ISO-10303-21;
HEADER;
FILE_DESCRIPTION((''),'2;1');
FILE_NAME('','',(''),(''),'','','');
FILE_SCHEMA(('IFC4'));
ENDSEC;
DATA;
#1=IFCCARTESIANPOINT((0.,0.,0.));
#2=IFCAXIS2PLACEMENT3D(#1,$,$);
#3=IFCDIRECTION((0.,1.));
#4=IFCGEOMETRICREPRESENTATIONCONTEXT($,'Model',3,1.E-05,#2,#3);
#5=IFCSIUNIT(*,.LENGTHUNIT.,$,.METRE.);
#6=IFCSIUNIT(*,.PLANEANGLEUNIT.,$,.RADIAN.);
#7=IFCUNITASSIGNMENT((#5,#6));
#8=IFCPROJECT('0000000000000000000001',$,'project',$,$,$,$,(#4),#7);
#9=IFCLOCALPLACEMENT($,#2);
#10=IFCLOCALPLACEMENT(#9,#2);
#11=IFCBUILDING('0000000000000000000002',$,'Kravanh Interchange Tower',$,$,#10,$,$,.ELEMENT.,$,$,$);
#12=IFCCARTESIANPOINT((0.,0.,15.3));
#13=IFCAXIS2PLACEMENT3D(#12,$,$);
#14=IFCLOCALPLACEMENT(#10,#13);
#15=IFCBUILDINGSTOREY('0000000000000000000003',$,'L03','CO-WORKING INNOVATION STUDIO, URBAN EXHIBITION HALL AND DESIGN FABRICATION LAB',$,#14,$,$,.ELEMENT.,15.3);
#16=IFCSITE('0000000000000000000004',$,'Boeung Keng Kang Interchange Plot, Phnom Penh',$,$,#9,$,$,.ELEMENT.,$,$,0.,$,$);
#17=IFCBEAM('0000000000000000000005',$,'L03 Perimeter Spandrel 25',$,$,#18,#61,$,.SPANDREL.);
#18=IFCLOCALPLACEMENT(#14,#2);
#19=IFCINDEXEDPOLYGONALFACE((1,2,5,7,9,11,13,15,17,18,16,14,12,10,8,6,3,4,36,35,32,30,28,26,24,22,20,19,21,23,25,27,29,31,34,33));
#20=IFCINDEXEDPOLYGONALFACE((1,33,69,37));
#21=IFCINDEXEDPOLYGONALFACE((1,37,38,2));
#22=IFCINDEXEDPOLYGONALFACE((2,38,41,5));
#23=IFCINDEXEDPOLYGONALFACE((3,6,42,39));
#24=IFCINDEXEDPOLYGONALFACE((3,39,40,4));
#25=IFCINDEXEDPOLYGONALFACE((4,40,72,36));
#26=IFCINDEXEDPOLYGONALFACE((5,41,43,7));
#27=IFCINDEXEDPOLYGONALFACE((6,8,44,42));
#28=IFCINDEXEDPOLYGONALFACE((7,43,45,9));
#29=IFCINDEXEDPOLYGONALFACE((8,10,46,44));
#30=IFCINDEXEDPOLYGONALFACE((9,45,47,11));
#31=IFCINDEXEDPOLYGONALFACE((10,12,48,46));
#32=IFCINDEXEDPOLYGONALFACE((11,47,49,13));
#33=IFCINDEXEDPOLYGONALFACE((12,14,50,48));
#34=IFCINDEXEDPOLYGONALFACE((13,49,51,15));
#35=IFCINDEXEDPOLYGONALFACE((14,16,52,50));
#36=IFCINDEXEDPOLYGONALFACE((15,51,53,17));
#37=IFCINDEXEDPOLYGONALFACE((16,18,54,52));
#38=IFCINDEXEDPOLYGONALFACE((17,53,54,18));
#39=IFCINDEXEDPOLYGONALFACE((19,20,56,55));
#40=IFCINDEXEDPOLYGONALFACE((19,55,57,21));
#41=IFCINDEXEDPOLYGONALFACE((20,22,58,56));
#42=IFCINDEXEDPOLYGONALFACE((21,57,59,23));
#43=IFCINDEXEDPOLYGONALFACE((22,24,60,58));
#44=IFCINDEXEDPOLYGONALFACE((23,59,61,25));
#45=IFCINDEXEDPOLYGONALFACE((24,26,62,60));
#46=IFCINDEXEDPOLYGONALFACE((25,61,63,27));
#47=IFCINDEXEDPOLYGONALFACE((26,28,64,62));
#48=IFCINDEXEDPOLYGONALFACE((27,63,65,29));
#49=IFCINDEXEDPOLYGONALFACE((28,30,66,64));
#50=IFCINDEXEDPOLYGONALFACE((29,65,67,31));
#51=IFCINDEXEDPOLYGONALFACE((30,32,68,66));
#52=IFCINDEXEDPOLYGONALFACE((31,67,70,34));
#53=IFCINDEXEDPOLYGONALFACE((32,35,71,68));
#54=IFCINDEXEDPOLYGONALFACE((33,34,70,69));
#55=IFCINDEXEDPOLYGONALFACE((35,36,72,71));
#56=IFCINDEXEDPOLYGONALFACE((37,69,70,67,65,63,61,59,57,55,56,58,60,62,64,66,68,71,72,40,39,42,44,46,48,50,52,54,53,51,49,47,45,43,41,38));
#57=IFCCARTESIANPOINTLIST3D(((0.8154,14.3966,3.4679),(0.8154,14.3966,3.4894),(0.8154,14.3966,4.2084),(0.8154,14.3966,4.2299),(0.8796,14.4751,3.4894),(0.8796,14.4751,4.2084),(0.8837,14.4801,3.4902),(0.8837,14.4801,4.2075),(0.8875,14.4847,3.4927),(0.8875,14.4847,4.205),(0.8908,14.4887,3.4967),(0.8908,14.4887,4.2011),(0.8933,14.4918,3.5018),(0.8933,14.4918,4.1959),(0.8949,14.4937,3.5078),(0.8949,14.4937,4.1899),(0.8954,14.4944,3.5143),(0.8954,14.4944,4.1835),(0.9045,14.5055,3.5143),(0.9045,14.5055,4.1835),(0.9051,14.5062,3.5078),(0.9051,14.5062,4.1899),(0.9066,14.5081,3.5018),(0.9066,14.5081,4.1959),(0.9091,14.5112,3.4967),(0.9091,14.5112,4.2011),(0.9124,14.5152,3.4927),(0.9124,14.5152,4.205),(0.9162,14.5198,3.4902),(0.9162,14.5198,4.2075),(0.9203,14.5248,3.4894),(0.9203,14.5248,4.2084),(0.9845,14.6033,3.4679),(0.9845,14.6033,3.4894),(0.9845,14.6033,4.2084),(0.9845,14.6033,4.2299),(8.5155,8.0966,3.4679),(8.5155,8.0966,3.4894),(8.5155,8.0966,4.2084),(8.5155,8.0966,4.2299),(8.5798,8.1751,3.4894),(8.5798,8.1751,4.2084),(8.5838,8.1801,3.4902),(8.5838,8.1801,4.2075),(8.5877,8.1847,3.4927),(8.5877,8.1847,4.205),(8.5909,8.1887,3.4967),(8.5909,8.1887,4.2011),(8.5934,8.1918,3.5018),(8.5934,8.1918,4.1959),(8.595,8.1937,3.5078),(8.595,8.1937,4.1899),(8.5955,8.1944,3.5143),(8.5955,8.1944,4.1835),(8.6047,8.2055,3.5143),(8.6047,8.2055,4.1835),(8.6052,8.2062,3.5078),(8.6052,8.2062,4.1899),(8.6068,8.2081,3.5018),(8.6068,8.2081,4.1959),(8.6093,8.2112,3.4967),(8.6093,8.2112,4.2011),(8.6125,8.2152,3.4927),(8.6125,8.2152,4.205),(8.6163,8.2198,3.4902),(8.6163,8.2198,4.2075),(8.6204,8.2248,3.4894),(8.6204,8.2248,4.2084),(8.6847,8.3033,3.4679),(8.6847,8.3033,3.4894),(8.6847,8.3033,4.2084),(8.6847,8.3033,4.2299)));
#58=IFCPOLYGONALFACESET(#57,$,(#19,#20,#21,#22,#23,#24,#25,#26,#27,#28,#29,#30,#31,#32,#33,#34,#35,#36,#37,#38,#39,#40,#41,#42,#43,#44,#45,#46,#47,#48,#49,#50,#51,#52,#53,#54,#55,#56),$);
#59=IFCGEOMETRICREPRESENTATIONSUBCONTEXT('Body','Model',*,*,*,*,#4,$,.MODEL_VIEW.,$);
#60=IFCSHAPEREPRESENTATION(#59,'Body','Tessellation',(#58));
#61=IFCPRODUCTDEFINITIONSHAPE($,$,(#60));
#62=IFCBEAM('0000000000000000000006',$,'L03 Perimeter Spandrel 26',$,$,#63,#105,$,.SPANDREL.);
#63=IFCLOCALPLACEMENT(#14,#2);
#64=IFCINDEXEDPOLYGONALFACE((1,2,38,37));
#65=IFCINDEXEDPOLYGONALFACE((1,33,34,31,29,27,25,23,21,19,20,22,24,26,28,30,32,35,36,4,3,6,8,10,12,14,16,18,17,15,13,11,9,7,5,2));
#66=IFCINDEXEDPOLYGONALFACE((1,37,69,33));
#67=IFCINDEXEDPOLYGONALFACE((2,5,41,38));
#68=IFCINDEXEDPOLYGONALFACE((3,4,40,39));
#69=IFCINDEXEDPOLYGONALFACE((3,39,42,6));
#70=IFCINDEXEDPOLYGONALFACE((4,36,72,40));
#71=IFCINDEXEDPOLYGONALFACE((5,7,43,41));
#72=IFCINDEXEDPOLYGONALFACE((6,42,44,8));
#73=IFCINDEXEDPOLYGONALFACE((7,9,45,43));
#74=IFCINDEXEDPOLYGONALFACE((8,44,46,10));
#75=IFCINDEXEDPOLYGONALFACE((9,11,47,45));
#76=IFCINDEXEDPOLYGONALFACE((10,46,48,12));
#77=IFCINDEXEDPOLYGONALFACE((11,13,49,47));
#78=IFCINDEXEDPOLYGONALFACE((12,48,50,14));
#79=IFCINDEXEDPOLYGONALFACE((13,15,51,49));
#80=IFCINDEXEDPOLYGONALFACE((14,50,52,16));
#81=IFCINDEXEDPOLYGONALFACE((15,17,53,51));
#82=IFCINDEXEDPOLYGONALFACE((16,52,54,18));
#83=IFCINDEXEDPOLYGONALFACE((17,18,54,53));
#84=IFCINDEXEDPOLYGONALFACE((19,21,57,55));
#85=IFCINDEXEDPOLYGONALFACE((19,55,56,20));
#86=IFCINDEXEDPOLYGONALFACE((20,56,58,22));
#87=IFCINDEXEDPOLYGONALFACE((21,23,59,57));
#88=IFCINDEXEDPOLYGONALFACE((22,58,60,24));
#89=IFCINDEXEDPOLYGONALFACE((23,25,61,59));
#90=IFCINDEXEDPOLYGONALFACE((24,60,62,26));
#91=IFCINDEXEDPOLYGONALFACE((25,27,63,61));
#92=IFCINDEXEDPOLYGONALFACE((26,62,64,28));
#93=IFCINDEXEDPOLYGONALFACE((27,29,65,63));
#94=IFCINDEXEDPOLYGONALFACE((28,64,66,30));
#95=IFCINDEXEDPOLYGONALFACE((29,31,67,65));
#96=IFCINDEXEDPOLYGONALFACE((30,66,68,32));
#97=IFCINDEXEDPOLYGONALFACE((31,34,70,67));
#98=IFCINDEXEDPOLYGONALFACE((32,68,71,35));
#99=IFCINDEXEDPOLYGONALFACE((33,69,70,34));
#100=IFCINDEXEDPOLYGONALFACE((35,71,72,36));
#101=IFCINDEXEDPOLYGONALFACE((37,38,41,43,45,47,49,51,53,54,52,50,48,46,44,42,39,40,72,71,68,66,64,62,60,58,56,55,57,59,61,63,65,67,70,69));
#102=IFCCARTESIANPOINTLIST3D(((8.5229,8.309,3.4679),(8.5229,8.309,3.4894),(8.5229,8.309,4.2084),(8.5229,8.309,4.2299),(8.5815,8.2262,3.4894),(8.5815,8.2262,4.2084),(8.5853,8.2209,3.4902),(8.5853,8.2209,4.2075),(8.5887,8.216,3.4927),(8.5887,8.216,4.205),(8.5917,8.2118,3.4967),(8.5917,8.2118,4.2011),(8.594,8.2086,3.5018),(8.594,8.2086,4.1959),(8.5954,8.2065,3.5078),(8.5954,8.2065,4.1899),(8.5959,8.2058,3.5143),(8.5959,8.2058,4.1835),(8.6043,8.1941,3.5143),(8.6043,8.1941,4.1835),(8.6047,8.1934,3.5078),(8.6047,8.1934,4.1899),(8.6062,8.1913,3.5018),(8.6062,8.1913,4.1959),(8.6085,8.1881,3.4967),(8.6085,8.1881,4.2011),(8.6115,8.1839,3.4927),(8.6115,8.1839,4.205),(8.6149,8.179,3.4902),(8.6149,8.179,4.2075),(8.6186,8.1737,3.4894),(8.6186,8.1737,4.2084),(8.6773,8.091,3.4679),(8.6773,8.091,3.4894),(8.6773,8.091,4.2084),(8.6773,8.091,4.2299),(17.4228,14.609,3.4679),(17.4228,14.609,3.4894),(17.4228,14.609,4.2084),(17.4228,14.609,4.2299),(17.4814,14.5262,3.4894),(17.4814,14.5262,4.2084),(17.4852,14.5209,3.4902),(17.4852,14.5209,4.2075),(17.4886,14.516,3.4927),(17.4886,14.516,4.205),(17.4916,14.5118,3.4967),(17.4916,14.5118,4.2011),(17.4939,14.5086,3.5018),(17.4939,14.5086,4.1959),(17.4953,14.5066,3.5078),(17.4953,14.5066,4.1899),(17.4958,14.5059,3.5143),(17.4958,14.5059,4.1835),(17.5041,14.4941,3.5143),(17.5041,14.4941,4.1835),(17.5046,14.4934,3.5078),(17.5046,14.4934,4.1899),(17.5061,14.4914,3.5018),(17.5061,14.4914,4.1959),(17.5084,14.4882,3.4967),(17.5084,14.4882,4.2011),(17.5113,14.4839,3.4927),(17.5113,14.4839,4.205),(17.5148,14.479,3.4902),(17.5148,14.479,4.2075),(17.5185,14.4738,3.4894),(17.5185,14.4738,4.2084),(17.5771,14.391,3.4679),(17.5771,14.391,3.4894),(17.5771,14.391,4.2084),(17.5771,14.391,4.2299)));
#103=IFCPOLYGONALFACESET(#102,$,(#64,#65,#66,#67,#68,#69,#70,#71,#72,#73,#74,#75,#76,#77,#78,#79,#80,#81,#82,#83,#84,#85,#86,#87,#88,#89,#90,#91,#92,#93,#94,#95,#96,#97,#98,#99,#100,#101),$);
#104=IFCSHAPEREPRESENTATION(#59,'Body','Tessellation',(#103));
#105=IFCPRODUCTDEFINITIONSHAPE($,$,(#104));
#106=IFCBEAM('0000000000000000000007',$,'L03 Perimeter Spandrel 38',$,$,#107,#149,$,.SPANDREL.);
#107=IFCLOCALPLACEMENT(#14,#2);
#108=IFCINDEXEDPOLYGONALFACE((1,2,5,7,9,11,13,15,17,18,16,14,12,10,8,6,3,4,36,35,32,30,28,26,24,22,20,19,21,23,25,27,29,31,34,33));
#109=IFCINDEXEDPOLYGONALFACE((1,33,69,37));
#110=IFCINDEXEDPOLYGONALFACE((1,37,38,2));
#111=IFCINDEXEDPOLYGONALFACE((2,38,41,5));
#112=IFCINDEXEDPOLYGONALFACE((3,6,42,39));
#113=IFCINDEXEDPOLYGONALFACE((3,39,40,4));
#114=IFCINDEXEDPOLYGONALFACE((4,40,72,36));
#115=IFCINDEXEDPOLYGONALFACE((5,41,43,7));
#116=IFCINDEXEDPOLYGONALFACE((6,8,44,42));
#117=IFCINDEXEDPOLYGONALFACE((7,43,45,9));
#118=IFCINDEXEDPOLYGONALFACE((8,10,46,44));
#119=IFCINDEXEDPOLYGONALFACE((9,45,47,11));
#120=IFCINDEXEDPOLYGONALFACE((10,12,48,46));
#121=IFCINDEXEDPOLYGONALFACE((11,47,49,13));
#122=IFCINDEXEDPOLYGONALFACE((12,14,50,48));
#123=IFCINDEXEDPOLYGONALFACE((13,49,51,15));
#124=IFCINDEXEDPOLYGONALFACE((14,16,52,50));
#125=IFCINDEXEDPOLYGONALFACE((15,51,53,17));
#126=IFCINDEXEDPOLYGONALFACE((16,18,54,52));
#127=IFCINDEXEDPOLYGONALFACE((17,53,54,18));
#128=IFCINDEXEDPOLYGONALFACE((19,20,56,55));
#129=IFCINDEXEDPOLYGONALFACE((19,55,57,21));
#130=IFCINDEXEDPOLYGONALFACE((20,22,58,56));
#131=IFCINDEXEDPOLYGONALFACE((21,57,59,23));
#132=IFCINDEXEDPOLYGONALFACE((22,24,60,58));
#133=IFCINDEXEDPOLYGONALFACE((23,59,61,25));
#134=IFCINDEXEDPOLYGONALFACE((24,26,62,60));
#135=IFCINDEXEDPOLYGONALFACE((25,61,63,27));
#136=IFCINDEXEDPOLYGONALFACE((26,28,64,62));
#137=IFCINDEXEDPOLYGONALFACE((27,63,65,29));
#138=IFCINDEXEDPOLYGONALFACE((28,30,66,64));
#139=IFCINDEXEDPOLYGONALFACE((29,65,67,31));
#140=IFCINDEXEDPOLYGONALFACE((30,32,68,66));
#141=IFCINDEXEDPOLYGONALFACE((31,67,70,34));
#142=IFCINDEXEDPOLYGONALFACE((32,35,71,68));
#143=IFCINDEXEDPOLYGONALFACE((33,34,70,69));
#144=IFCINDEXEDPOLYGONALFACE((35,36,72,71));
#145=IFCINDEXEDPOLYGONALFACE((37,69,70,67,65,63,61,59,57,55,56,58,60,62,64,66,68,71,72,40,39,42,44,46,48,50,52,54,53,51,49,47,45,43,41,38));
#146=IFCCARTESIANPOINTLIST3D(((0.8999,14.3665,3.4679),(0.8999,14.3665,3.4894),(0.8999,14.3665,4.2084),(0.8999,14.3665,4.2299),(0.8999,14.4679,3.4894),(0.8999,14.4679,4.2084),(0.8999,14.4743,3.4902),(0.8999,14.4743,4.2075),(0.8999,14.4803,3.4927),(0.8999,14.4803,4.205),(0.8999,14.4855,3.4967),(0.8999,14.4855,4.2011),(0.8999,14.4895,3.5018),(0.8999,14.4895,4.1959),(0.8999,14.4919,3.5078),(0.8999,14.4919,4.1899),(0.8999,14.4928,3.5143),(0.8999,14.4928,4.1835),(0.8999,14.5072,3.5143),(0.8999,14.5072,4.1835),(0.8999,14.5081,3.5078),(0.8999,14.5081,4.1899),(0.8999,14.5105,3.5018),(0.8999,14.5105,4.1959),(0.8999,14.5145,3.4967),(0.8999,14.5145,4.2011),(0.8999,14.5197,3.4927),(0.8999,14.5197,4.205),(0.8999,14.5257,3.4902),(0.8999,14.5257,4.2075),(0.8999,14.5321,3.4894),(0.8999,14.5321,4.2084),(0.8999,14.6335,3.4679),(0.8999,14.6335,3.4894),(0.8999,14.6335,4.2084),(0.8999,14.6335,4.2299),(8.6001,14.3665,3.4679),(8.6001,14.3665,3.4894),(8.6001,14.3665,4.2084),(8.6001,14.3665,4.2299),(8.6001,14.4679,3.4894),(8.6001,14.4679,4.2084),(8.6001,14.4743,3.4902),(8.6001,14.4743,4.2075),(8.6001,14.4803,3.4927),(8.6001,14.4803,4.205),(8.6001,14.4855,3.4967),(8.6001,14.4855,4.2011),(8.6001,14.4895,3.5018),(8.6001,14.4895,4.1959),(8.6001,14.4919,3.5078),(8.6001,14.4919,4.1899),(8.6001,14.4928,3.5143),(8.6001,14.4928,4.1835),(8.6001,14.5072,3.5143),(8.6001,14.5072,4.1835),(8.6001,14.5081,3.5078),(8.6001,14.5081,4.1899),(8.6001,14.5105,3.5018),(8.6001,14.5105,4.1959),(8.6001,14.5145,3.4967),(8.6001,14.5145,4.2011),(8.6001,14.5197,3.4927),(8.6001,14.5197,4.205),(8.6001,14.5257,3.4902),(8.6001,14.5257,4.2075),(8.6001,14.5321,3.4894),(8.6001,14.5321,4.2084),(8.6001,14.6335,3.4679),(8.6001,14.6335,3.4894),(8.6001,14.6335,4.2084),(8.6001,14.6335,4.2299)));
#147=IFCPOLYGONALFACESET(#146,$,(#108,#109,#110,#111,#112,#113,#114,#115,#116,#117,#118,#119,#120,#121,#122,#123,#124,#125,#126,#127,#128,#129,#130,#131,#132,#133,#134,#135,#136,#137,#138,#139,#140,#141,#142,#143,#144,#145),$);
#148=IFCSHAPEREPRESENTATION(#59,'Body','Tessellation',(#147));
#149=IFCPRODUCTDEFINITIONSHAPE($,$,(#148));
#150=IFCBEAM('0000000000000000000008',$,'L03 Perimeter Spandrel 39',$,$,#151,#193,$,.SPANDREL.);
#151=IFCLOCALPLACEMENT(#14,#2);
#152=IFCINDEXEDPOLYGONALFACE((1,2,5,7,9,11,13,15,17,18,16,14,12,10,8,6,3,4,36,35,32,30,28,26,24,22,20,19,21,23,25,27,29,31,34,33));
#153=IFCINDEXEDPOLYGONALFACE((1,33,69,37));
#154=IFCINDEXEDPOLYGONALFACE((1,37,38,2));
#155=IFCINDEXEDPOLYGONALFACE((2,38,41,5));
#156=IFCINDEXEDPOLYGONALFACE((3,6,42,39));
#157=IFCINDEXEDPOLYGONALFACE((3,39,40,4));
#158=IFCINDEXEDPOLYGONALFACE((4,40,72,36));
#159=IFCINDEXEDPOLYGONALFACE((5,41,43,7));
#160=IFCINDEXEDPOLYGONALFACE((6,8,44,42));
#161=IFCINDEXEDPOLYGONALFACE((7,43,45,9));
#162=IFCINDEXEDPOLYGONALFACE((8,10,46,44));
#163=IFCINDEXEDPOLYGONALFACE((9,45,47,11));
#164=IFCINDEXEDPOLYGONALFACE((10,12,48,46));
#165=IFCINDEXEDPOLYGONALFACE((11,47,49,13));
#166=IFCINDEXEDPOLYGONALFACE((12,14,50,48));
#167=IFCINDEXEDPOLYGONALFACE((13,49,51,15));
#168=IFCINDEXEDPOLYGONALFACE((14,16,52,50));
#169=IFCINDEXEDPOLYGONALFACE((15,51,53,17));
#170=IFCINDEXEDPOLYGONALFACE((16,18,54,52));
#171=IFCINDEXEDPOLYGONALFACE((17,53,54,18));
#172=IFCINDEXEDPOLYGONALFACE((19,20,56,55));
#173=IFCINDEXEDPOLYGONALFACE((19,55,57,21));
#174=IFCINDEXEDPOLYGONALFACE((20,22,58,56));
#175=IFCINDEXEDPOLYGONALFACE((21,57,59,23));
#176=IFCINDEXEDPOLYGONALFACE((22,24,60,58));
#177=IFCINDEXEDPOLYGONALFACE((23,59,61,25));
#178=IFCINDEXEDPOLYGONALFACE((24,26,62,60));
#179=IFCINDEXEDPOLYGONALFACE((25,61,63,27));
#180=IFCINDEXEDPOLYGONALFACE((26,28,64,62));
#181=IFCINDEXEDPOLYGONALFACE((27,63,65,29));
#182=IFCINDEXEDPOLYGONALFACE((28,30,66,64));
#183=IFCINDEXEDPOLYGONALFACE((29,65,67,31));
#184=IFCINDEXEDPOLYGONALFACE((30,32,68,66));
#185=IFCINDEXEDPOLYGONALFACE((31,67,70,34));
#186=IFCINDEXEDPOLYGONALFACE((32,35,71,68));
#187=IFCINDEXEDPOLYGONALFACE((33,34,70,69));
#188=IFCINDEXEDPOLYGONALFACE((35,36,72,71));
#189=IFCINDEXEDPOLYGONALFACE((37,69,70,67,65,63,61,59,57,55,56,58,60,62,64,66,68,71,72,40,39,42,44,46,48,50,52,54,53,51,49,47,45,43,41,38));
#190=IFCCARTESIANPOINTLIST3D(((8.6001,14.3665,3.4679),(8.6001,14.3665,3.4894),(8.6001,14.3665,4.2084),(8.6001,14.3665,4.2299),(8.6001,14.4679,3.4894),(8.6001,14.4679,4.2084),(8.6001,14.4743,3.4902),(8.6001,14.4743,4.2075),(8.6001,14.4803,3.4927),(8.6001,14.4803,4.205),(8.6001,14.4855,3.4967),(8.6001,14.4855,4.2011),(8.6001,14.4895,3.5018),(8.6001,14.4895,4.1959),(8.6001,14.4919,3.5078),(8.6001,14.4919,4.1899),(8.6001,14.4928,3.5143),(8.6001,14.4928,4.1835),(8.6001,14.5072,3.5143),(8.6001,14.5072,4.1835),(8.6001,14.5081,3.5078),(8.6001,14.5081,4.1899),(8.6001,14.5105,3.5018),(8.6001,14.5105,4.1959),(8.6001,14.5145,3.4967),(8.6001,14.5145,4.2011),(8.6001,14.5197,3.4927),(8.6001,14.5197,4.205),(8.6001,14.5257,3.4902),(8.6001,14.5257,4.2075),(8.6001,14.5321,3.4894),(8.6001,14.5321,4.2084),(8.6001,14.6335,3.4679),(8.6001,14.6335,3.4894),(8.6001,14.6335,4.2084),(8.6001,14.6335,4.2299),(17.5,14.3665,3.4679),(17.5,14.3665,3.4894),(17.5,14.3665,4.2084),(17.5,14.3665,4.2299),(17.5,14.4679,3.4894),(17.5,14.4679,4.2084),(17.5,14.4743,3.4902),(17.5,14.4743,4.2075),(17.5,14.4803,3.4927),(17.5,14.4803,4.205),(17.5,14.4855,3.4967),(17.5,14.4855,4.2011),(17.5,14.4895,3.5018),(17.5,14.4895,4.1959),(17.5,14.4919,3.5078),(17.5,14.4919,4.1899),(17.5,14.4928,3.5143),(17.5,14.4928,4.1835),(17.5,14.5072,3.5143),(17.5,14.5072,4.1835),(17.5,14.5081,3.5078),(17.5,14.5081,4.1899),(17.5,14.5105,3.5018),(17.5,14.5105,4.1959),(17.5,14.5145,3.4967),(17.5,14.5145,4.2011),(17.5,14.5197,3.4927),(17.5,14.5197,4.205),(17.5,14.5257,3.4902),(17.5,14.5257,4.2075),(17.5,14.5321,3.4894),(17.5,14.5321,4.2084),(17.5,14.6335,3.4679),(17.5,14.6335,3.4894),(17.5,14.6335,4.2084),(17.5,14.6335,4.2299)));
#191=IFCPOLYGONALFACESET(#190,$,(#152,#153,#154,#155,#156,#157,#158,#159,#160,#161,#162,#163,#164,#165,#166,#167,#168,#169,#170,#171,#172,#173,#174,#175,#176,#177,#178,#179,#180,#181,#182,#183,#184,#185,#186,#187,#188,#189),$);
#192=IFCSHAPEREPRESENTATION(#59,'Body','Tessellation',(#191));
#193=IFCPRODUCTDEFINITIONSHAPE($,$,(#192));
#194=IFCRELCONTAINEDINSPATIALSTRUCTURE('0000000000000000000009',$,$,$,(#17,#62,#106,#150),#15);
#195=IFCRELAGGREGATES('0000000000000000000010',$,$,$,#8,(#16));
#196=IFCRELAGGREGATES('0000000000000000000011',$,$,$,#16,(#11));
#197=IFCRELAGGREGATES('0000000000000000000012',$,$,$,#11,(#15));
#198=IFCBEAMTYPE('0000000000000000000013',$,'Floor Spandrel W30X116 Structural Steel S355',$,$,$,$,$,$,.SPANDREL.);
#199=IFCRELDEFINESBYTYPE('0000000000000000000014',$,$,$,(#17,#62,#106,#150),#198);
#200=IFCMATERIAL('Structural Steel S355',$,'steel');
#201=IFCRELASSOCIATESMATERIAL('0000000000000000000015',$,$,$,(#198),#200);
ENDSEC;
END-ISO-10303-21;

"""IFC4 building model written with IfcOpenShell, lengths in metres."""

from ifc_helpers import new_model, si_unit, direction, frame, origin, origin_2d, place, context, subcontext, project, spatial, i_section, extrude, material, material_profile, profile_set, type_object, element, save


model = new_model("IFC4")

# Units and contexts
model_context = context("Model", 3, precision=1e-05, world=origin(), true_north=direction((0.0, 1.0)))
body_context = subcontext(model_context, "Body", "Model", "MODEL_VIEW")
ifc_project = project(units=[si_unit("LENGTHUNIT", "METRE"), si_unit("PLANEANGLEUNIT", "RADIAN")], contexts=[model_context])

# Site, building, storey
site_placement = place(None, origin())
site = spatial("IfcSite", under=ifc_project, at=site_placement, Name="Boeung Keng Kang Interchange Plot, Phnom Penh", CompositionType="ELEMENT", RefElevation=0.0)
building_placement = place(site_placement, origin())
building = spatial("IfcBuilding", under=site, at=building_placement, Name="Kravanh Interchange Tower", CompositionType="ELEMENT")
storey_placement = place(building_placement, frame((0.0, 0.0, 15.3)))
storey = spatial("IfcBuildingStorey", under=building, at=storey_placement, Name="L03", Description="CO-WORKING INNOVATION STUDIO, URBAN EXHIBITION HALL AND DESIGN FABRICATION LAB", CompositionType="ELEMENT", Elevation=15.3)

# Beams
ifc_material_1 = material(Name="Structural Steel S355", Category="steel")
ifc_material_profile_1 = material_profile(ifc_material_1, i_section(OverallWidth=0.2671, OverallDepth=0.762, WebThickness=0.0144, FlangeThickness=0.0215, FilletRadius=0.0249, at=origin_2d()), Name="W30X116")
ifc_profile_set_1 = profile_set([ifc_material_profile_1], Name="Structural Steel S355")
beam_type_1 = type_object("IfcBeamType", Name="Floor Spandrel W30X116 Structural Steel S355", PredefinedType="SPANDREL", material=ifc_profile_set_1)
beam_1_placement = place(storey_placement, frame((8.6001, 8.2, 3.8489), z_axis=(-0.773963, 0.633231, 0.0), x_axis=(-0.633231, -0.773963, 0.0)))
element("IfcBeam", 1, at=beam_1_placement, inside=storey, type_object=beam_type_1, Name="L03 Perimeter Spandrel 25", PredefinedType="SPANDREL", context=body_context, shape_type="SweptSolid", body=[
    extrude(i_section(OverallWidth=0.2671, OverallDepth=0.762, WebThickness=0.0144, FlangeThickness=0.0215, FilletRadius=0.0249, at=origin_2d()), origin(), (0.0, 0.0, 1.0), 9.949),
])
beam_2_placement = place(storey_placement, frame((8.6001, 8.2, 3.8489), z_axis=(0.8162, 0.57777, 0.0), x_axis=(-0.57777, 0.8162, 0.0)))
element("IfcBeam", 2, at=beam_2_placement, inside=storey, type_object=beam_type_1, Name="L03 Perimeter Spandrel 26", PredefinedType="SPANDREL", context=body_context, shape_type="SweptSolid", body=[
    extrude(i_section(OverallWidth=0.2671, OverallDepth=0.762, WebThickness=0.0144, FlangeThickness=0.0215, FilletRadius=0.0249, at=origin_2d()), origin(), (0.0, 0.0, 1.0), 10.9041),
])
beam_3_placement = place(storey_placement, frame((8.6001, 14.5, 3.8489), z_axis=(-1.0, 0.0, 0.0), x_axis=(0.0, -1.0, 0.0)))
element("IfcBeam", 3, at=beam_3_placement, inside=storey, type_object=beam_type_1, Name="L03 Perimeter Spandrel 38", PredefinedType="SPANDREL", context=body_context, shape_type="SweptSolid", body=[
    extrude(i_section(OverallWidth=0.2671, OverallDepth=0.762, WebThickness=0.0144, FlangeThickness=0.0215, FilletRadius=0.0249, at=origin_2d()), origin(), (0.0, 0.0, 1.0), 7.7002),
])
beam_4_placement = place(storey_placement, frame((8.6001, 14.5, 3.8489), z_axis=(1.0, 0.0, 0.0), x_axis=(0.0, 1.0, 0.0)))
element("IfcBeam", 4, at=beam_4_placement, inside=storey, type_object=beam_type_1, Name="L03 Perimeter Spandrel 39", PredefinedType="SPANDREL", context=body_context, shape_type="SweptSolid", body=[
    extrude(i_section(OverallWidth=0.2671, OverallDepth=0.762, WebThickness=0.0144, FlangeThickness=0.0215, FilletRadius=0.0249, at=origin_2d()), origin(), (0.0, 0.0, 1.0), 8.8999),
])

save(model, "model.ifc")
